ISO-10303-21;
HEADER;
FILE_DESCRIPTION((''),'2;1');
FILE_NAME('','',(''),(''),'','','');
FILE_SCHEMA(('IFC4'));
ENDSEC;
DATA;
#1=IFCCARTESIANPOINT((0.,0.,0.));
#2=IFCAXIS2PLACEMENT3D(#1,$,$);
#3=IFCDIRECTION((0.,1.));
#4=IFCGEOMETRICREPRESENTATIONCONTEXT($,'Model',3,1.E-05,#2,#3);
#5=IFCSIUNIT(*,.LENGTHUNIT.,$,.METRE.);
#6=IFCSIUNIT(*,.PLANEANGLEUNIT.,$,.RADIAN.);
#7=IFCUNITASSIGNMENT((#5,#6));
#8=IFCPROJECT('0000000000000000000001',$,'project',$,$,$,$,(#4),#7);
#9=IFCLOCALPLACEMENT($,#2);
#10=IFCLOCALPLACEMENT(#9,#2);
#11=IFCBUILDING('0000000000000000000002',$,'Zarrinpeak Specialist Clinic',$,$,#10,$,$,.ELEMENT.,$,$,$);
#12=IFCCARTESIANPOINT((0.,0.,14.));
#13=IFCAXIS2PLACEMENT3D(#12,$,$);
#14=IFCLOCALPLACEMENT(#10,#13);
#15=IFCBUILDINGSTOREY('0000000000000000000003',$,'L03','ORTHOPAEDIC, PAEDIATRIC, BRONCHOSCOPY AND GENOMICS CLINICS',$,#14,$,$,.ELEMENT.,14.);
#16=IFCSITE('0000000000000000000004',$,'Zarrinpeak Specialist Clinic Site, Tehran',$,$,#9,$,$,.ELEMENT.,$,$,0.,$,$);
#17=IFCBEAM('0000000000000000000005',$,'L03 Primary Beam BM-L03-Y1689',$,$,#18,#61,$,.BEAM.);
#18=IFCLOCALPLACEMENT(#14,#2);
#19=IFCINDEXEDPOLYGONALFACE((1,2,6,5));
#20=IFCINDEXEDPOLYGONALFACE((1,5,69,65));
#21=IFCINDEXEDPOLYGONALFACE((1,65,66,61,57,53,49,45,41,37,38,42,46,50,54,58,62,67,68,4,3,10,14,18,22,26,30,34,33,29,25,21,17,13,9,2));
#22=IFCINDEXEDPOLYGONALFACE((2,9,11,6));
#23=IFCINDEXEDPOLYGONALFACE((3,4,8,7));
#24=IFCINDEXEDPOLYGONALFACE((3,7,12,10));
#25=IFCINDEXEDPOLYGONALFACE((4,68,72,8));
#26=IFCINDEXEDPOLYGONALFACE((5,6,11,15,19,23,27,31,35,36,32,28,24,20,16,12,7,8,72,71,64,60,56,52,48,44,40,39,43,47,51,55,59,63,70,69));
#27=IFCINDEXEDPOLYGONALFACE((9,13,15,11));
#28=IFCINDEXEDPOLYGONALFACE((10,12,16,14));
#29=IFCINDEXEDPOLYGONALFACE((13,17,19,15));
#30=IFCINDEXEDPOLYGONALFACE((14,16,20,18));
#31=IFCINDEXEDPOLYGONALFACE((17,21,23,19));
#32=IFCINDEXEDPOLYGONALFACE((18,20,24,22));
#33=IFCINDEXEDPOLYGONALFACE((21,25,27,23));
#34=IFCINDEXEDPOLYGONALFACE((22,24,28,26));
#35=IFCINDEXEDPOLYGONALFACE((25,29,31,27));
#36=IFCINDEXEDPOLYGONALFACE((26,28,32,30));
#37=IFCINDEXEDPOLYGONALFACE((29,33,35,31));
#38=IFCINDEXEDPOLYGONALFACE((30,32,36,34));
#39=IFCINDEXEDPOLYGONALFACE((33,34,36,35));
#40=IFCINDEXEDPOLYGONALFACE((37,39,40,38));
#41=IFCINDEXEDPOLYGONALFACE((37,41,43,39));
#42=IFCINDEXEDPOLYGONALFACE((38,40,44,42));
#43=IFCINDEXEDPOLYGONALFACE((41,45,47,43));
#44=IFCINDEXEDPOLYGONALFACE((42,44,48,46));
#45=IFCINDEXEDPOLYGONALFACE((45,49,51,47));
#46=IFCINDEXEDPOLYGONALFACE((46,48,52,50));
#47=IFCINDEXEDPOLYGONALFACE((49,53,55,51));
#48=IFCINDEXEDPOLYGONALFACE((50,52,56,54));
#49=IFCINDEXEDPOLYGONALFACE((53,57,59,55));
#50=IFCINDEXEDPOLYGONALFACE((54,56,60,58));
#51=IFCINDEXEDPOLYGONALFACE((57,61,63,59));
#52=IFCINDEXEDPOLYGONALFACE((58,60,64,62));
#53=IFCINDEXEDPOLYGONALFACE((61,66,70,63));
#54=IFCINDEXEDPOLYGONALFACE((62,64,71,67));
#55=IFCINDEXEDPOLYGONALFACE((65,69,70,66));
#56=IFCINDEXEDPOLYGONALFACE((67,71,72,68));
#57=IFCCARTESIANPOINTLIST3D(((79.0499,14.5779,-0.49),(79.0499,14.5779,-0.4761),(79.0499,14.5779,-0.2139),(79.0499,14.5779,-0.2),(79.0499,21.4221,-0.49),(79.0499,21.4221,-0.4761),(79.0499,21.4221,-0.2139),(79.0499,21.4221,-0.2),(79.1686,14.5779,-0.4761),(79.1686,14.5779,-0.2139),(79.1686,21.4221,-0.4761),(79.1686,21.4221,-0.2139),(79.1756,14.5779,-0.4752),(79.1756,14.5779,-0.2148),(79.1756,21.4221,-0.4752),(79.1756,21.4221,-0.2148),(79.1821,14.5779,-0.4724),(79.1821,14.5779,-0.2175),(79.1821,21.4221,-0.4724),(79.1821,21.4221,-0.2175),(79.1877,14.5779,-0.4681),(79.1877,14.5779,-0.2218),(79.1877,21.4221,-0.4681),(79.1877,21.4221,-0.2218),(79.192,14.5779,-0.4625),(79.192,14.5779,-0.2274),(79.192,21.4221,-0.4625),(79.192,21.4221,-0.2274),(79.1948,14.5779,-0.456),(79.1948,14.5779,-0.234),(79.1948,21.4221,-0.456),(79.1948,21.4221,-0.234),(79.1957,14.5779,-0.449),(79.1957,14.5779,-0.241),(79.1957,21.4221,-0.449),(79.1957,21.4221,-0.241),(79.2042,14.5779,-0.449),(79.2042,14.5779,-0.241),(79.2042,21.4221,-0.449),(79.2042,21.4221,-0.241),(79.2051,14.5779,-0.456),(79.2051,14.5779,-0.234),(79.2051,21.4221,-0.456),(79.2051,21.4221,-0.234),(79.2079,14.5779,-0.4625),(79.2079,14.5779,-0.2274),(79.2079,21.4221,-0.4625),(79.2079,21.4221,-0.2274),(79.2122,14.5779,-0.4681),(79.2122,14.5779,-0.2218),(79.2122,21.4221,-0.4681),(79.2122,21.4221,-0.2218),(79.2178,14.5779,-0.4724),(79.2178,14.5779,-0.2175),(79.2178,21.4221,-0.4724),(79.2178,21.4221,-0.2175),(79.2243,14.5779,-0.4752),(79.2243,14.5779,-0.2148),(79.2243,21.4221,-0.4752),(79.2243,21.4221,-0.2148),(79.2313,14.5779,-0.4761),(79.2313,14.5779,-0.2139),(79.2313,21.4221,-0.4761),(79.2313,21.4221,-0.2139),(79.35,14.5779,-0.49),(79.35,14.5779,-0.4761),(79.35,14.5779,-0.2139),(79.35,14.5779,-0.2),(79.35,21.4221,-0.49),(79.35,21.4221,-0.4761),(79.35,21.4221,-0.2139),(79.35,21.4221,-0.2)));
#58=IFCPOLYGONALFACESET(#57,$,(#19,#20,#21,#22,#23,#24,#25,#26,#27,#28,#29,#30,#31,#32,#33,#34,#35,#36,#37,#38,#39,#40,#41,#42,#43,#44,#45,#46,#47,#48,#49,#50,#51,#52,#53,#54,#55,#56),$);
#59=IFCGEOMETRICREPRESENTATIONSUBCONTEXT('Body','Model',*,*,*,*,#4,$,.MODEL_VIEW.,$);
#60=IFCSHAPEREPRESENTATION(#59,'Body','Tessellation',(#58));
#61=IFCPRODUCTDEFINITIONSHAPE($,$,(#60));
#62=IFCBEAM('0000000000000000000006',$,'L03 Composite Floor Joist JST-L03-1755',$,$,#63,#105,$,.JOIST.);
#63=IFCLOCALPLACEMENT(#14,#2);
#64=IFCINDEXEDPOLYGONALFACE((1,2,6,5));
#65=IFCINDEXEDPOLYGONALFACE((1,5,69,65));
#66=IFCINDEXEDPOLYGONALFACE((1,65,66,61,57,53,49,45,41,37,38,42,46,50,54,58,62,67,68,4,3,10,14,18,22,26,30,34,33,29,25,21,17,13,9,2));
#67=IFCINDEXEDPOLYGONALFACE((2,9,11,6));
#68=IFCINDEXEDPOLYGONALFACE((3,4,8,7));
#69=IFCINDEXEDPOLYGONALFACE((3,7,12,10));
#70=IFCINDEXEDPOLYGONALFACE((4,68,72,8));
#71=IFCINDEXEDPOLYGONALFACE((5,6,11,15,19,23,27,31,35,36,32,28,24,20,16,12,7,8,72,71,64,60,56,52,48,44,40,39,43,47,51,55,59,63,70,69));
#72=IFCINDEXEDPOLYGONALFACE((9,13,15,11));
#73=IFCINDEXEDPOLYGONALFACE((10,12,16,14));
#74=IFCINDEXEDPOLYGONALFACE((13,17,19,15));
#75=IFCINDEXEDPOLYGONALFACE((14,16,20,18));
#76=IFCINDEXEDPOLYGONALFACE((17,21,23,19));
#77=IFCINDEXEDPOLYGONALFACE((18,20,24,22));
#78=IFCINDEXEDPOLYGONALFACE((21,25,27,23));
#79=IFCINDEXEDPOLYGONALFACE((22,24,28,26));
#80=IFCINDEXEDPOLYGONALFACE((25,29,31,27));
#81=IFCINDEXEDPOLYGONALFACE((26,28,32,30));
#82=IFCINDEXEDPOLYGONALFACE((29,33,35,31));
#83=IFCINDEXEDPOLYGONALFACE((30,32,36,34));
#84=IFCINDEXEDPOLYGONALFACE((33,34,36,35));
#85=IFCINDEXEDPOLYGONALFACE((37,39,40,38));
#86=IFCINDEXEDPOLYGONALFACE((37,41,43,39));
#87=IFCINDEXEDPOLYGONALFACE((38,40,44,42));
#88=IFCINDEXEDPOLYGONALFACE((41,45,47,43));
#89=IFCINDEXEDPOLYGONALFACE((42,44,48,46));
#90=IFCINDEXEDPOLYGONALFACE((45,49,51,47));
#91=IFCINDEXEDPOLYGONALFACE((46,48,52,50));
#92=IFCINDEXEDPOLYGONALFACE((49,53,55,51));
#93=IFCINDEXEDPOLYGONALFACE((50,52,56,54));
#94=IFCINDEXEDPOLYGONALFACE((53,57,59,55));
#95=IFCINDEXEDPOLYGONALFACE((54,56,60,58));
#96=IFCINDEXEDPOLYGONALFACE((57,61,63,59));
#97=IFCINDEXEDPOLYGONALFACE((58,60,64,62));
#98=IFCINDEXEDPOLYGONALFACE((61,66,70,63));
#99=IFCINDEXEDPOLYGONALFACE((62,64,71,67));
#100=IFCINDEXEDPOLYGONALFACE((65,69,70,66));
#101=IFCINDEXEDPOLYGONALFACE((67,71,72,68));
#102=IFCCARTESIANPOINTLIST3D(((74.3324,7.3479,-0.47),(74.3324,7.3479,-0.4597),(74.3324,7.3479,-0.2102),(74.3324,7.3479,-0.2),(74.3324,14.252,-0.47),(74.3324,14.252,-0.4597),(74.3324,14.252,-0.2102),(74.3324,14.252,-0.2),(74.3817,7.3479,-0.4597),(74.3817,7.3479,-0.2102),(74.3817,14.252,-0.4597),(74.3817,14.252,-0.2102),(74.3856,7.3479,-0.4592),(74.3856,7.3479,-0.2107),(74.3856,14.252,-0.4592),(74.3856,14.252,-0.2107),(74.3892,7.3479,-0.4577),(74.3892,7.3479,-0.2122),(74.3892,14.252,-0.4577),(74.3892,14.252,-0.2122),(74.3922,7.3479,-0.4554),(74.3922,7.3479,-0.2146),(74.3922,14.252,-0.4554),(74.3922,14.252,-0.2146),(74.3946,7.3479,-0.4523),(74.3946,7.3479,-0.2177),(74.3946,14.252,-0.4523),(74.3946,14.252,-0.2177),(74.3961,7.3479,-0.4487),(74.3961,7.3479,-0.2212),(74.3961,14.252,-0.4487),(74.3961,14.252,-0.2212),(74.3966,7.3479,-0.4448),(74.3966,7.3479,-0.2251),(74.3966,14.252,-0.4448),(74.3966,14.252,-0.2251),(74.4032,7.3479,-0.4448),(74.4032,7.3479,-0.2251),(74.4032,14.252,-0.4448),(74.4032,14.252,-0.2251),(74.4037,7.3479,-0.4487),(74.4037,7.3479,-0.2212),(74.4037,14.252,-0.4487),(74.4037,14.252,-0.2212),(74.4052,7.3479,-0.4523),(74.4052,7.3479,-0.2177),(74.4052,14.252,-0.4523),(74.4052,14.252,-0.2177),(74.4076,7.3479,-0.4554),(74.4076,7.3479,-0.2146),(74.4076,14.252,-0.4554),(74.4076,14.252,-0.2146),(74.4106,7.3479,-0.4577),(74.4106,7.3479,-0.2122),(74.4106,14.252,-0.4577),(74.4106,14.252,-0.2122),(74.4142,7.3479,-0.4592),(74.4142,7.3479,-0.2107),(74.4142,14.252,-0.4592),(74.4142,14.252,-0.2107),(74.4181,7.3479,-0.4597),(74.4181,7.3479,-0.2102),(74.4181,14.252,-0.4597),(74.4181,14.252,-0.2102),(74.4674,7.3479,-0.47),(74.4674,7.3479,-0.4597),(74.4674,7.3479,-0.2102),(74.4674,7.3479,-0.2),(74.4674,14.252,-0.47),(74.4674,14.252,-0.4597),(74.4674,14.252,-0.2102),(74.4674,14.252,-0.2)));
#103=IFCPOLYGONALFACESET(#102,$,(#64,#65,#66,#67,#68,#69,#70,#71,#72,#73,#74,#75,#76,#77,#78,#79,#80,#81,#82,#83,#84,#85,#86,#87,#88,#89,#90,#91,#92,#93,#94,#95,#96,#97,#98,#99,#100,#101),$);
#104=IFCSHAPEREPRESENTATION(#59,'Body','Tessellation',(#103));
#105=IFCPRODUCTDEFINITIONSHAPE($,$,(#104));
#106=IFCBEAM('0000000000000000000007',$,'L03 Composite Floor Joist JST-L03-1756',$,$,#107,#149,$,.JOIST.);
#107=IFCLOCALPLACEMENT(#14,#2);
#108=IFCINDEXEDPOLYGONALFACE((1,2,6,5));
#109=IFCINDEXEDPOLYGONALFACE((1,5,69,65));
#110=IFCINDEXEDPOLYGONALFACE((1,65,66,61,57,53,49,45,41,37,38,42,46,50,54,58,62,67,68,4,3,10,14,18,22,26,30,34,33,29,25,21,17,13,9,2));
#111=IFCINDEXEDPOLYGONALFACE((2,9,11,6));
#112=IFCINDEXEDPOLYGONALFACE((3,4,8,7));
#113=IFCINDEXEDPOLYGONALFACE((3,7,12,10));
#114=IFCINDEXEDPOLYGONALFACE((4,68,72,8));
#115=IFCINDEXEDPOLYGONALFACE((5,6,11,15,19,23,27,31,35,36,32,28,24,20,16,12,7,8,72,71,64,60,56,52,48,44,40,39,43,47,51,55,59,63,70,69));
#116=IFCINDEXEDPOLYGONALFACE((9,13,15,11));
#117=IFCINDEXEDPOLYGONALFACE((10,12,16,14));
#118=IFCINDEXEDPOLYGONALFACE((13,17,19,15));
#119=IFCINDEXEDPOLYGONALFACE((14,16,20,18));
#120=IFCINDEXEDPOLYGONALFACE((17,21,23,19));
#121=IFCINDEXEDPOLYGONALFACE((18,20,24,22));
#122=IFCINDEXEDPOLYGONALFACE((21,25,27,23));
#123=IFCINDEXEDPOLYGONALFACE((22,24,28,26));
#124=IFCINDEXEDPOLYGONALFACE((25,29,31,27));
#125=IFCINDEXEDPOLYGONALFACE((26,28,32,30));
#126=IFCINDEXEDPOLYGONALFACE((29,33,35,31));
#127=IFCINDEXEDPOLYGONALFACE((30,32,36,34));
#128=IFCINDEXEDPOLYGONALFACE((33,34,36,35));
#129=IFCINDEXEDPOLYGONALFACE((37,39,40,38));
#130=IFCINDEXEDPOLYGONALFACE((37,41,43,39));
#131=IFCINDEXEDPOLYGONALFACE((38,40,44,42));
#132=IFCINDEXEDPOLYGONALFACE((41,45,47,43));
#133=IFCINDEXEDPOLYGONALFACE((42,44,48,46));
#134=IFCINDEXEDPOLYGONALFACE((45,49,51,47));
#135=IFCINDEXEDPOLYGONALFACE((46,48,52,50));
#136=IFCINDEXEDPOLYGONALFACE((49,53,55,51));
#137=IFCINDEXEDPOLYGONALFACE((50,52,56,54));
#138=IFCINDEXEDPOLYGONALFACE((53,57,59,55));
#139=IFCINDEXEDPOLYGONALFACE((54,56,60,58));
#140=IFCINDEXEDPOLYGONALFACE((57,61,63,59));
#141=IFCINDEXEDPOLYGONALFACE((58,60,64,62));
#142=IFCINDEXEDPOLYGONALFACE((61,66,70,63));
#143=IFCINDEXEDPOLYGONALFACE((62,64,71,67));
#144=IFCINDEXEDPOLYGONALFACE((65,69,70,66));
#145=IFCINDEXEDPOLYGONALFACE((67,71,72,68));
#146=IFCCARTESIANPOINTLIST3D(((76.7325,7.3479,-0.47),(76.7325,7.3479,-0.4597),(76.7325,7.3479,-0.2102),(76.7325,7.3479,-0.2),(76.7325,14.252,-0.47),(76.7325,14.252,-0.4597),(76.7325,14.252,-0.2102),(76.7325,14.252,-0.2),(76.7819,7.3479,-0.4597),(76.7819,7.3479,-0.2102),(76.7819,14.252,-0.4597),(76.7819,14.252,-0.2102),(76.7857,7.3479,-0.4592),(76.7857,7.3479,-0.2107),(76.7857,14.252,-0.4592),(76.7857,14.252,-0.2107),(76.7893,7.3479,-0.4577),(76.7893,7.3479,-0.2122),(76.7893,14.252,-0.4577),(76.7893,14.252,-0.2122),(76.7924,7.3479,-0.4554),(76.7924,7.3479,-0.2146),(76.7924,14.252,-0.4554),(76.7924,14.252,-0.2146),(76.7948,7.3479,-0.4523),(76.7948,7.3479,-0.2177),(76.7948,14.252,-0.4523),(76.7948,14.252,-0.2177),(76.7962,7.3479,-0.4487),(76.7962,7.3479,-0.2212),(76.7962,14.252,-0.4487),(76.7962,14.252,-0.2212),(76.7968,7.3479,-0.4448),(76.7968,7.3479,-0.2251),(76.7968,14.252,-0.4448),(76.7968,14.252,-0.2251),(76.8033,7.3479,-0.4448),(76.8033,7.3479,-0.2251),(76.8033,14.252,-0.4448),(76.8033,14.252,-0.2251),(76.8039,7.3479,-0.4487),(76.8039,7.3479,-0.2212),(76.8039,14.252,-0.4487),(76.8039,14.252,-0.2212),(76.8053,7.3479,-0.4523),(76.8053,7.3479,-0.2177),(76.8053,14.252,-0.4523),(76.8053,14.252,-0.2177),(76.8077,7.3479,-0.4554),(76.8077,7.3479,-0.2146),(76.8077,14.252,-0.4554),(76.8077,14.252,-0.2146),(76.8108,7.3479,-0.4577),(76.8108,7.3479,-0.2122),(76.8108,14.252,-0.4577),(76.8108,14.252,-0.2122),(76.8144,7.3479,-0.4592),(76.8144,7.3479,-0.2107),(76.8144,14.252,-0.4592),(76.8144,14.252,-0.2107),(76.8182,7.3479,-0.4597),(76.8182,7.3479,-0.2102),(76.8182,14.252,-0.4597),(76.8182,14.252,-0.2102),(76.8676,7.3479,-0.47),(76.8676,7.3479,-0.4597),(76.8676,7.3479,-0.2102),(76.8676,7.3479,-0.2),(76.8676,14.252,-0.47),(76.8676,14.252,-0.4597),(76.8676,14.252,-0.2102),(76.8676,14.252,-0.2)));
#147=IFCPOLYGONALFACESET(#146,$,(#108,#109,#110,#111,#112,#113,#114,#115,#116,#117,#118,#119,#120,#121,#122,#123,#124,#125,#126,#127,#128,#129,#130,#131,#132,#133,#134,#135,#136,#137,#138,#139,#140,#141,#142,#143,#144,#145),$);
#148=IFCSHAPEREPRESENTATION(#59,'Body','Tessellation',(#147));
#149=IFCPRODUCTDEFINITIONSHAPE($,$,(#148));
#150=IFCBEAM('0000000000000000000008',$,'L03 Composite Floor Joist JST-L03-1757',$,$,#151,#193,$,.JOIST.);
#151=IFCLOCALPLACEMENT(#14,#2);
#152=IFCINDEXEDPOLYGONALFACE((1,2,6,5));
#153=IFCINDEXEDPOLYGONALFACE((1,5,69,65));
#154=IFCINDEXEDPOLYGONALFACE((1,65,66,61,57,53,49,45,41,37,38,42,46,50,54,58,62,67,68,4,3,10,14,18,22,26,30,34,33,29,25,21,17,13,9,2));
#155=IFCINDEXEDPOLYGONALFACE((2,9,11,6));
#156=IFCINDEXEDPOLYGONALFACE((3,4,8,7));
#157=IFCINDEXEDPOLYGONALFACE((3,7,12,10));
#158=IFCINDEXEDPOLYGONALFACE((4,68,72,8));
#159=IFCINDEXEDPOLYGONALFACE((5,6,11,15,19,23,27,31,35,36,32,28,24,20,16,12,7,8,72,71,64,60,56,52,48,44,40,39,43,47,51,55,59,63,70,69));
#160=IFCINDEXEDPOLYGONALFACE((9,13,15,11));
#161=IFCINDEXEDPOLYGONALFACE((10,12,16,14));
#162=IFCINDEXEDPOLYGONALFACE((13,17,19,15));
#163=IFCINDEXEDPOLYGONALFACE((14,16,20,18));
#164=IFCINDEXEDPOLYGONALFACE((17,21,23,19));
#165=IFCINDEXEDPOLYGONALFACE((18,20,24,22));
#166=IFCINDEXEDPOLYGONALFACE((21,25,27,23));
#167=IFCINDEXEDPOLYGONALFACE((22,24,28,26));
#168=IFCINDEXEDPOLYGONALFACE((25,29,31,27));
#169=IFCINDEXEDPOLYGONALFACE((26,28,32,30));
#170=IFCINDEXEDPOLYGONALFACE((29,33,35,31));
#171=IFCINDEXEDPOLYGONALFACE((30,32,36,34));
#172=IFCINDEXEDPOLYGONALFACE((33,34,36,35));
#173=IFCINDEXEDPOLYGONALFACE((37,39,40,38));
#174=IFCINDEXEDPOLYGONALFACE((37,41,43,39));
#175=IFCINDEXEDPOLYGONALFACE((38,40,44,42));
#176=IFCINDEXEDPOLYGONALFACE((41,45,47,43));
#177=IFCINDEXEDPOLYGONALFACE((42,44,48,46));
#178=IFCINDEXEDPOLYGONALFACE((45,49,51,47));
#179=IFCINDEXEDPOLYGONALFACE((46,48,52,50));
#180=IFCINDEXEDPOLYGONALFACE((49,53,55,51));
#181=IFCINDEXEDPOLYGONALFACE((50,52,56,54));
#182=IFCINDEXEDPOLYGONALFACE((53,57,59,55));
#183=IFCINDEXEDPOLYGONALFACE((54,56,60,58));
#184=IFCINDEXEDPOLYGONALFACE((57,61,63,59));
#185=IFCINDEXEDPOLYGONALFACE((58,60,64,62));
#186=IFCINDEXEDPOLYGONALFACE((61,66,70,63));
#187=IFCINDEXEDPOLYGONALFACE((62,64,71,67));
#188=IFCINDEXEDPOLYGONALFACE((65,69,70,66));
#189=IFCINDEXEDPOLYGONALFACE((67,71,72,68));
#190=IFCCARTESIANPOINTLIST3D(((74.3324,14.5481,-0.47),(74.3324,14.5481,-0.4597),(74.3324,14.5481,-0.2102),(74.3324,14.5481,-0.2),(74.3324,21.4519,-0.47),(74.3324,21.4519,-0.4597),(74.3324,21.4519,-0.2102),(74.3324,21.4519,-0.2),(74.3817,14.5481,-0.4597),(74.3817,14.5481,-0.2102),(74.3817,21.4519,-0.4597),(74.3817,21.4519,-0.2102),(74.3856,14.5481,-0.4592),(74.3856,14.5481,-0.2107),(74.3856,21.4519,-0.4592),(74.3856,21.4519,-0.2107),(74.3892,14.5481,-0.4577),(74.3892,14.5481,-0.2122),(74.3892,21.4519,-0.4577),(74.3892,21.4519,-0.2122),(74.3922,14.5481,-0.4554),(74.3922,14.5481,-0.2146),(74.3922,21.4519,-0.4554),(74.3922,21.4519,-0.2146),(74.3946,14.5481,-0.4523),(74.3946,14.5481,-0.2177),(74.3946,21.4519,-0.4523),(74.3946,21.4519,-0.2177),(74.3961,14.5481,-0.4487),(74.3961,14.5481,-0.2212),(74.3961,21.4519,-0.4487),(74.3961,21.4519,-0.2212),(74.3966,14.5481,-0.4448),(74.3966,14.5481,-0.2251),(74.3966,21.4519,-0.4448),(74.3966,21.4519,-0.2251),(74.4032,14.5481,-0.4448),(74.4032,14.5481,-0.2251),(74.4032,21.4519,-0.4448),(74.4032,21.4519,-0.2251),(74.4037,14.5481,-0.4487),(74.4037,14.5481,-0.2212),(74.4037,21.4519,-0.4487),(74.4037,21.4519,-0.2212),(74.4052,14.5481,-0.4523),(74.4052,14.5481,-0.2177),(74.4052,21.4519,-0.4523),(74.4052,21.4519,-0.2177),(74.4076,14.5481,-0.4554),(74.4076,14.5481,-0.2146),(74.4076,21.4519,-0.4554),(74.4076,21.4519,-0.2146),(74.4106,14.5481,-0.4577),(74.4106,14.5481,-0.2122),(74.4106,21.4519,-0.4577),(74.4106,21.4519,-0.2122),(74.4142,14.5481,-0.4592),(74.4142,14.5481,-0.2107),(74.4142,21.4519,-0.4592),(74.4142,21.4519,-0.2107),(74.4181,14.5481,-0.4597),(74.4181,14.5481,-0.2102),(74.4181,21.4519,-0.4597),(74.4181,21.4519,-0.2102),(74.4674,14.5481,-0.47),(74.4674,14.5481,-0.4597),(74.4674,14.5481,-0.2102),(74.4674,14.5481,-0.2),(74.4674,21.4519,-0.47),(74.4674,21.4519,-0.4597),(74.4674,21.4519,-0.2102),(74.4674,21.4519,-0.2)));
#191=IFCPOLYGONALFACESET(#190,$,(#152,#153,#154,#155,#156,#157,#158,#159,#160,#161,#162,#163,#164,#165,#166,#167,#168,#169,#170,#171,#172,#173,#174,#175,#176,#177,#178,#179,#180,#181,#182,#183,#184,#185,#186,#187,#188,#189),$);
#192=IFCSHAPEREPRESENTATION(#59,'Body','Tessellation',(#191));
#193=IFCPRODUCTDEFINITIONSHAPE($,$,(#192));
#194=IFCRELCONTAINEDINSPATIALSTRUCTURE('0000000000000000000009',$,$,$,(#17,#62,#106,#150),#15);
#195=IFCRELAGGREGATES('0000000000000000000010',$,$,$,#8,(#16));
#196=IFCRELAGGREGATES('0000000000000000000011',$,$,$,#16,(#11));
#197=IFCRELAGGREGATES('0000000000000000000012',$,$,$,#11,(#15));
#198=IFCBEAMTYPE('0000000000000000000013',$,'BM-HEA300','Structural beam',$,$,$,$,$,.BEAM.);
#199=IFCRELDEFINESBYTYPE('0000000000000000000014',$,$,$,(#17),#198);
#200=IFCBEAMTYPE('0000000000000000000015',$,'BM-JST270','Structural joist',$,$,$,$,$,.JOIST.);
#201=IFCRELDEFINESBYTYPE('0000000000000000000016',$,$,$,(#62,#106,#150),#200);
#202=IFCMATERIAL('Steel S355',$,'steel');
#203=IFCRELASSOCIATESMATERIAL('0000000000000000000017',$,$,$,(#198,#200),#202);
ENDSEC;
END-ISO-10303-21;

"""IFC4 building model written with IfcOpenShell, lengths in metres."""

from ifc_helpers import new_model, si_unit, direction, frame, origin, origin_2d, place, context, subcontext, project, spatial, i_section, extrude, material, material_profile, profile_set, type_object, element, save


model = new_model("IFC4")

# Units and contexts
model_context = context("Model", 3, precision=1e-05, world=origin(), true_north=direction((0.0, 1.0)))
body_context = subcontext(model_context, "Body", "Model", "MODEL_VIEW")
ifc_project = project(units=[si_unit("LENGTHUNIT", "METRE"), si_unit("PLANEANGLEUNIT", "RADIAN")], contexts=[model_context])

# Site, building, storey
site_placement = place(None, origin())
site = spatial("IfcSite", under=ifc_project, at=site_placement, Name="Zarrinpeak Specialist Clinic Site, Tehran", CompositionType="ELEMENT", RefElevation=0.0)
building_placement = place(site_placement, origin())
building = spatial("IfcBuilding", under=site, at=building_placement, Name="Zarrinpeak Specialist Clinic", CompositionType="ELEMENT")
storey_placement = place(building_placement, frame((0.0, 0.0, 14.0)))
storey = spatial("IfcBuildingStorey", under=building, at=storey_placement, Name="L03", Description="ORTHOPAEDIC, PAEDIATRIC, BRONCHOSCOPY AND GENOMICS CLINICS", CompositionType="ELEMENT", Elevation=14.0)

# Shared definitions
ifc_material_1 = material(Name="Steel S355", Category="steel")

# Beams
ifc_material_profile_1 = material_profile(ifc_material_1, i_section(OverallWidth=0.3, OverallDepth=0.29, WebThickness=0.0085, FlangeThickness=0.0139, FilletRadius=0.0271, at=origin_2d()), Name="HEA 300")
ifc_profile_set_1 = profile_set([ifc_material_profile_1], Name="Steel S355")
beam_type_1 = type_object("IfcBeamType", Name="BM-HEA300", Description="Structural beam", PredefinedType="BEAM", material=ifc_profile_set_1)
beam_1_placement = place(storey_placement, frame((79.2, 14.5779, -0.345), z_axis=(0.0, 1.0, 0.0), x_axis=(-1.0, 0.0, 0.0)))
element("IfcBeam", 1, at=beam_1_placement, inside=storey, type_object=beam_type_1, Name="L03 Primary Beam BM-L03-Y1689", PredefinedType="BEAM", context=body_context, shape_type="SweptSolid", body=[
    extrude(i_section(OverallWidth=0.3, OverallDepth=0.29, WebThickness=0.0085, FlangeThickness=0.0139, FilletRadius=0.0271, at=origin_2d()), origin(), (0.0, 0.0, 1.0), 6.8442),
])
ifc_material_profile_2 = material_profile(ifc_material_1, i_section(OverallWidth=0.135, OverallDepth=0.27, WebThickness=0.0066, FlangeThickness=0.0103, FilletRadius=0.0149, at=origin_2d()), Name="IPE 270")
ifc_profile_set_2 = profile_set([ifc_material_profile_2], Name="Steel S355")
beam_type_2 = type_object("IfcBeamType", Name="BM-JST270", Description="Structural joist", PredefinedType="JOIST", material=ifc_profile_set_2)
for number, where, z_axis, x_axis, name in (
    (2, (74.3999, 7.3479, -0.335), (0.0, 1.0, 0.0), (-1.0, 0.0, 0.0), "L03 Composite Floor Joist JST-L03-1755"),
    (3, (76.8, 7.3479, -0.335), (0.0, 1.0, 0.0), (-1.0, 0.0, 0.0), "L03 Composite Floor Joist JST-L03-1756"),
):
    element("IfcBeam", number, at=place(storey_placement, frame(where, z_axis=z_axis, x_axis=x_axis)), inside=storey, type_object=beam_type_2, Name=name, PredefinedType="JOIST", context=body_context, shape_type="SweptSolid", body=[
        extrude(i_section(OverallWidth=0.135, OverallDepth=0.27, WebThickness=0.0066, FlangeThickness=0.0103, FilletRadius=0.0149, at=origin_2d()), origin(), (0.0, 0.0, 1.0), 6.9041),
    ])
for number, where, z_axis, x_axis, name in (
    (4, (74.3999, 14.5481, -0.335), (0.0, 1.0, 0.0), (-1.0, 0.0, 0.0), "L03 Composite Floor Joist JST-L03-1757"),
):
    element("IfcBeam", number, at=place(storey_placement, frame(where, z_axis=z_axis, x_axis=x_axis)), inside=storey, type_object=beam_type_2, Name=name, PredefinedType="JOIST", context=body_context, shape_type="SweptSolid", body=[
        extrude(i_section(OverallWidth=0.135, OverallDepth=0.27, WebThickness=0.0066, FlangeThickness=0.0103, FilletRadius=0.0149, at=origin_2d()), origin(), (0.0, 0.0, 1.0), 6.9038),
    ])

save(model, "model.ifc")
